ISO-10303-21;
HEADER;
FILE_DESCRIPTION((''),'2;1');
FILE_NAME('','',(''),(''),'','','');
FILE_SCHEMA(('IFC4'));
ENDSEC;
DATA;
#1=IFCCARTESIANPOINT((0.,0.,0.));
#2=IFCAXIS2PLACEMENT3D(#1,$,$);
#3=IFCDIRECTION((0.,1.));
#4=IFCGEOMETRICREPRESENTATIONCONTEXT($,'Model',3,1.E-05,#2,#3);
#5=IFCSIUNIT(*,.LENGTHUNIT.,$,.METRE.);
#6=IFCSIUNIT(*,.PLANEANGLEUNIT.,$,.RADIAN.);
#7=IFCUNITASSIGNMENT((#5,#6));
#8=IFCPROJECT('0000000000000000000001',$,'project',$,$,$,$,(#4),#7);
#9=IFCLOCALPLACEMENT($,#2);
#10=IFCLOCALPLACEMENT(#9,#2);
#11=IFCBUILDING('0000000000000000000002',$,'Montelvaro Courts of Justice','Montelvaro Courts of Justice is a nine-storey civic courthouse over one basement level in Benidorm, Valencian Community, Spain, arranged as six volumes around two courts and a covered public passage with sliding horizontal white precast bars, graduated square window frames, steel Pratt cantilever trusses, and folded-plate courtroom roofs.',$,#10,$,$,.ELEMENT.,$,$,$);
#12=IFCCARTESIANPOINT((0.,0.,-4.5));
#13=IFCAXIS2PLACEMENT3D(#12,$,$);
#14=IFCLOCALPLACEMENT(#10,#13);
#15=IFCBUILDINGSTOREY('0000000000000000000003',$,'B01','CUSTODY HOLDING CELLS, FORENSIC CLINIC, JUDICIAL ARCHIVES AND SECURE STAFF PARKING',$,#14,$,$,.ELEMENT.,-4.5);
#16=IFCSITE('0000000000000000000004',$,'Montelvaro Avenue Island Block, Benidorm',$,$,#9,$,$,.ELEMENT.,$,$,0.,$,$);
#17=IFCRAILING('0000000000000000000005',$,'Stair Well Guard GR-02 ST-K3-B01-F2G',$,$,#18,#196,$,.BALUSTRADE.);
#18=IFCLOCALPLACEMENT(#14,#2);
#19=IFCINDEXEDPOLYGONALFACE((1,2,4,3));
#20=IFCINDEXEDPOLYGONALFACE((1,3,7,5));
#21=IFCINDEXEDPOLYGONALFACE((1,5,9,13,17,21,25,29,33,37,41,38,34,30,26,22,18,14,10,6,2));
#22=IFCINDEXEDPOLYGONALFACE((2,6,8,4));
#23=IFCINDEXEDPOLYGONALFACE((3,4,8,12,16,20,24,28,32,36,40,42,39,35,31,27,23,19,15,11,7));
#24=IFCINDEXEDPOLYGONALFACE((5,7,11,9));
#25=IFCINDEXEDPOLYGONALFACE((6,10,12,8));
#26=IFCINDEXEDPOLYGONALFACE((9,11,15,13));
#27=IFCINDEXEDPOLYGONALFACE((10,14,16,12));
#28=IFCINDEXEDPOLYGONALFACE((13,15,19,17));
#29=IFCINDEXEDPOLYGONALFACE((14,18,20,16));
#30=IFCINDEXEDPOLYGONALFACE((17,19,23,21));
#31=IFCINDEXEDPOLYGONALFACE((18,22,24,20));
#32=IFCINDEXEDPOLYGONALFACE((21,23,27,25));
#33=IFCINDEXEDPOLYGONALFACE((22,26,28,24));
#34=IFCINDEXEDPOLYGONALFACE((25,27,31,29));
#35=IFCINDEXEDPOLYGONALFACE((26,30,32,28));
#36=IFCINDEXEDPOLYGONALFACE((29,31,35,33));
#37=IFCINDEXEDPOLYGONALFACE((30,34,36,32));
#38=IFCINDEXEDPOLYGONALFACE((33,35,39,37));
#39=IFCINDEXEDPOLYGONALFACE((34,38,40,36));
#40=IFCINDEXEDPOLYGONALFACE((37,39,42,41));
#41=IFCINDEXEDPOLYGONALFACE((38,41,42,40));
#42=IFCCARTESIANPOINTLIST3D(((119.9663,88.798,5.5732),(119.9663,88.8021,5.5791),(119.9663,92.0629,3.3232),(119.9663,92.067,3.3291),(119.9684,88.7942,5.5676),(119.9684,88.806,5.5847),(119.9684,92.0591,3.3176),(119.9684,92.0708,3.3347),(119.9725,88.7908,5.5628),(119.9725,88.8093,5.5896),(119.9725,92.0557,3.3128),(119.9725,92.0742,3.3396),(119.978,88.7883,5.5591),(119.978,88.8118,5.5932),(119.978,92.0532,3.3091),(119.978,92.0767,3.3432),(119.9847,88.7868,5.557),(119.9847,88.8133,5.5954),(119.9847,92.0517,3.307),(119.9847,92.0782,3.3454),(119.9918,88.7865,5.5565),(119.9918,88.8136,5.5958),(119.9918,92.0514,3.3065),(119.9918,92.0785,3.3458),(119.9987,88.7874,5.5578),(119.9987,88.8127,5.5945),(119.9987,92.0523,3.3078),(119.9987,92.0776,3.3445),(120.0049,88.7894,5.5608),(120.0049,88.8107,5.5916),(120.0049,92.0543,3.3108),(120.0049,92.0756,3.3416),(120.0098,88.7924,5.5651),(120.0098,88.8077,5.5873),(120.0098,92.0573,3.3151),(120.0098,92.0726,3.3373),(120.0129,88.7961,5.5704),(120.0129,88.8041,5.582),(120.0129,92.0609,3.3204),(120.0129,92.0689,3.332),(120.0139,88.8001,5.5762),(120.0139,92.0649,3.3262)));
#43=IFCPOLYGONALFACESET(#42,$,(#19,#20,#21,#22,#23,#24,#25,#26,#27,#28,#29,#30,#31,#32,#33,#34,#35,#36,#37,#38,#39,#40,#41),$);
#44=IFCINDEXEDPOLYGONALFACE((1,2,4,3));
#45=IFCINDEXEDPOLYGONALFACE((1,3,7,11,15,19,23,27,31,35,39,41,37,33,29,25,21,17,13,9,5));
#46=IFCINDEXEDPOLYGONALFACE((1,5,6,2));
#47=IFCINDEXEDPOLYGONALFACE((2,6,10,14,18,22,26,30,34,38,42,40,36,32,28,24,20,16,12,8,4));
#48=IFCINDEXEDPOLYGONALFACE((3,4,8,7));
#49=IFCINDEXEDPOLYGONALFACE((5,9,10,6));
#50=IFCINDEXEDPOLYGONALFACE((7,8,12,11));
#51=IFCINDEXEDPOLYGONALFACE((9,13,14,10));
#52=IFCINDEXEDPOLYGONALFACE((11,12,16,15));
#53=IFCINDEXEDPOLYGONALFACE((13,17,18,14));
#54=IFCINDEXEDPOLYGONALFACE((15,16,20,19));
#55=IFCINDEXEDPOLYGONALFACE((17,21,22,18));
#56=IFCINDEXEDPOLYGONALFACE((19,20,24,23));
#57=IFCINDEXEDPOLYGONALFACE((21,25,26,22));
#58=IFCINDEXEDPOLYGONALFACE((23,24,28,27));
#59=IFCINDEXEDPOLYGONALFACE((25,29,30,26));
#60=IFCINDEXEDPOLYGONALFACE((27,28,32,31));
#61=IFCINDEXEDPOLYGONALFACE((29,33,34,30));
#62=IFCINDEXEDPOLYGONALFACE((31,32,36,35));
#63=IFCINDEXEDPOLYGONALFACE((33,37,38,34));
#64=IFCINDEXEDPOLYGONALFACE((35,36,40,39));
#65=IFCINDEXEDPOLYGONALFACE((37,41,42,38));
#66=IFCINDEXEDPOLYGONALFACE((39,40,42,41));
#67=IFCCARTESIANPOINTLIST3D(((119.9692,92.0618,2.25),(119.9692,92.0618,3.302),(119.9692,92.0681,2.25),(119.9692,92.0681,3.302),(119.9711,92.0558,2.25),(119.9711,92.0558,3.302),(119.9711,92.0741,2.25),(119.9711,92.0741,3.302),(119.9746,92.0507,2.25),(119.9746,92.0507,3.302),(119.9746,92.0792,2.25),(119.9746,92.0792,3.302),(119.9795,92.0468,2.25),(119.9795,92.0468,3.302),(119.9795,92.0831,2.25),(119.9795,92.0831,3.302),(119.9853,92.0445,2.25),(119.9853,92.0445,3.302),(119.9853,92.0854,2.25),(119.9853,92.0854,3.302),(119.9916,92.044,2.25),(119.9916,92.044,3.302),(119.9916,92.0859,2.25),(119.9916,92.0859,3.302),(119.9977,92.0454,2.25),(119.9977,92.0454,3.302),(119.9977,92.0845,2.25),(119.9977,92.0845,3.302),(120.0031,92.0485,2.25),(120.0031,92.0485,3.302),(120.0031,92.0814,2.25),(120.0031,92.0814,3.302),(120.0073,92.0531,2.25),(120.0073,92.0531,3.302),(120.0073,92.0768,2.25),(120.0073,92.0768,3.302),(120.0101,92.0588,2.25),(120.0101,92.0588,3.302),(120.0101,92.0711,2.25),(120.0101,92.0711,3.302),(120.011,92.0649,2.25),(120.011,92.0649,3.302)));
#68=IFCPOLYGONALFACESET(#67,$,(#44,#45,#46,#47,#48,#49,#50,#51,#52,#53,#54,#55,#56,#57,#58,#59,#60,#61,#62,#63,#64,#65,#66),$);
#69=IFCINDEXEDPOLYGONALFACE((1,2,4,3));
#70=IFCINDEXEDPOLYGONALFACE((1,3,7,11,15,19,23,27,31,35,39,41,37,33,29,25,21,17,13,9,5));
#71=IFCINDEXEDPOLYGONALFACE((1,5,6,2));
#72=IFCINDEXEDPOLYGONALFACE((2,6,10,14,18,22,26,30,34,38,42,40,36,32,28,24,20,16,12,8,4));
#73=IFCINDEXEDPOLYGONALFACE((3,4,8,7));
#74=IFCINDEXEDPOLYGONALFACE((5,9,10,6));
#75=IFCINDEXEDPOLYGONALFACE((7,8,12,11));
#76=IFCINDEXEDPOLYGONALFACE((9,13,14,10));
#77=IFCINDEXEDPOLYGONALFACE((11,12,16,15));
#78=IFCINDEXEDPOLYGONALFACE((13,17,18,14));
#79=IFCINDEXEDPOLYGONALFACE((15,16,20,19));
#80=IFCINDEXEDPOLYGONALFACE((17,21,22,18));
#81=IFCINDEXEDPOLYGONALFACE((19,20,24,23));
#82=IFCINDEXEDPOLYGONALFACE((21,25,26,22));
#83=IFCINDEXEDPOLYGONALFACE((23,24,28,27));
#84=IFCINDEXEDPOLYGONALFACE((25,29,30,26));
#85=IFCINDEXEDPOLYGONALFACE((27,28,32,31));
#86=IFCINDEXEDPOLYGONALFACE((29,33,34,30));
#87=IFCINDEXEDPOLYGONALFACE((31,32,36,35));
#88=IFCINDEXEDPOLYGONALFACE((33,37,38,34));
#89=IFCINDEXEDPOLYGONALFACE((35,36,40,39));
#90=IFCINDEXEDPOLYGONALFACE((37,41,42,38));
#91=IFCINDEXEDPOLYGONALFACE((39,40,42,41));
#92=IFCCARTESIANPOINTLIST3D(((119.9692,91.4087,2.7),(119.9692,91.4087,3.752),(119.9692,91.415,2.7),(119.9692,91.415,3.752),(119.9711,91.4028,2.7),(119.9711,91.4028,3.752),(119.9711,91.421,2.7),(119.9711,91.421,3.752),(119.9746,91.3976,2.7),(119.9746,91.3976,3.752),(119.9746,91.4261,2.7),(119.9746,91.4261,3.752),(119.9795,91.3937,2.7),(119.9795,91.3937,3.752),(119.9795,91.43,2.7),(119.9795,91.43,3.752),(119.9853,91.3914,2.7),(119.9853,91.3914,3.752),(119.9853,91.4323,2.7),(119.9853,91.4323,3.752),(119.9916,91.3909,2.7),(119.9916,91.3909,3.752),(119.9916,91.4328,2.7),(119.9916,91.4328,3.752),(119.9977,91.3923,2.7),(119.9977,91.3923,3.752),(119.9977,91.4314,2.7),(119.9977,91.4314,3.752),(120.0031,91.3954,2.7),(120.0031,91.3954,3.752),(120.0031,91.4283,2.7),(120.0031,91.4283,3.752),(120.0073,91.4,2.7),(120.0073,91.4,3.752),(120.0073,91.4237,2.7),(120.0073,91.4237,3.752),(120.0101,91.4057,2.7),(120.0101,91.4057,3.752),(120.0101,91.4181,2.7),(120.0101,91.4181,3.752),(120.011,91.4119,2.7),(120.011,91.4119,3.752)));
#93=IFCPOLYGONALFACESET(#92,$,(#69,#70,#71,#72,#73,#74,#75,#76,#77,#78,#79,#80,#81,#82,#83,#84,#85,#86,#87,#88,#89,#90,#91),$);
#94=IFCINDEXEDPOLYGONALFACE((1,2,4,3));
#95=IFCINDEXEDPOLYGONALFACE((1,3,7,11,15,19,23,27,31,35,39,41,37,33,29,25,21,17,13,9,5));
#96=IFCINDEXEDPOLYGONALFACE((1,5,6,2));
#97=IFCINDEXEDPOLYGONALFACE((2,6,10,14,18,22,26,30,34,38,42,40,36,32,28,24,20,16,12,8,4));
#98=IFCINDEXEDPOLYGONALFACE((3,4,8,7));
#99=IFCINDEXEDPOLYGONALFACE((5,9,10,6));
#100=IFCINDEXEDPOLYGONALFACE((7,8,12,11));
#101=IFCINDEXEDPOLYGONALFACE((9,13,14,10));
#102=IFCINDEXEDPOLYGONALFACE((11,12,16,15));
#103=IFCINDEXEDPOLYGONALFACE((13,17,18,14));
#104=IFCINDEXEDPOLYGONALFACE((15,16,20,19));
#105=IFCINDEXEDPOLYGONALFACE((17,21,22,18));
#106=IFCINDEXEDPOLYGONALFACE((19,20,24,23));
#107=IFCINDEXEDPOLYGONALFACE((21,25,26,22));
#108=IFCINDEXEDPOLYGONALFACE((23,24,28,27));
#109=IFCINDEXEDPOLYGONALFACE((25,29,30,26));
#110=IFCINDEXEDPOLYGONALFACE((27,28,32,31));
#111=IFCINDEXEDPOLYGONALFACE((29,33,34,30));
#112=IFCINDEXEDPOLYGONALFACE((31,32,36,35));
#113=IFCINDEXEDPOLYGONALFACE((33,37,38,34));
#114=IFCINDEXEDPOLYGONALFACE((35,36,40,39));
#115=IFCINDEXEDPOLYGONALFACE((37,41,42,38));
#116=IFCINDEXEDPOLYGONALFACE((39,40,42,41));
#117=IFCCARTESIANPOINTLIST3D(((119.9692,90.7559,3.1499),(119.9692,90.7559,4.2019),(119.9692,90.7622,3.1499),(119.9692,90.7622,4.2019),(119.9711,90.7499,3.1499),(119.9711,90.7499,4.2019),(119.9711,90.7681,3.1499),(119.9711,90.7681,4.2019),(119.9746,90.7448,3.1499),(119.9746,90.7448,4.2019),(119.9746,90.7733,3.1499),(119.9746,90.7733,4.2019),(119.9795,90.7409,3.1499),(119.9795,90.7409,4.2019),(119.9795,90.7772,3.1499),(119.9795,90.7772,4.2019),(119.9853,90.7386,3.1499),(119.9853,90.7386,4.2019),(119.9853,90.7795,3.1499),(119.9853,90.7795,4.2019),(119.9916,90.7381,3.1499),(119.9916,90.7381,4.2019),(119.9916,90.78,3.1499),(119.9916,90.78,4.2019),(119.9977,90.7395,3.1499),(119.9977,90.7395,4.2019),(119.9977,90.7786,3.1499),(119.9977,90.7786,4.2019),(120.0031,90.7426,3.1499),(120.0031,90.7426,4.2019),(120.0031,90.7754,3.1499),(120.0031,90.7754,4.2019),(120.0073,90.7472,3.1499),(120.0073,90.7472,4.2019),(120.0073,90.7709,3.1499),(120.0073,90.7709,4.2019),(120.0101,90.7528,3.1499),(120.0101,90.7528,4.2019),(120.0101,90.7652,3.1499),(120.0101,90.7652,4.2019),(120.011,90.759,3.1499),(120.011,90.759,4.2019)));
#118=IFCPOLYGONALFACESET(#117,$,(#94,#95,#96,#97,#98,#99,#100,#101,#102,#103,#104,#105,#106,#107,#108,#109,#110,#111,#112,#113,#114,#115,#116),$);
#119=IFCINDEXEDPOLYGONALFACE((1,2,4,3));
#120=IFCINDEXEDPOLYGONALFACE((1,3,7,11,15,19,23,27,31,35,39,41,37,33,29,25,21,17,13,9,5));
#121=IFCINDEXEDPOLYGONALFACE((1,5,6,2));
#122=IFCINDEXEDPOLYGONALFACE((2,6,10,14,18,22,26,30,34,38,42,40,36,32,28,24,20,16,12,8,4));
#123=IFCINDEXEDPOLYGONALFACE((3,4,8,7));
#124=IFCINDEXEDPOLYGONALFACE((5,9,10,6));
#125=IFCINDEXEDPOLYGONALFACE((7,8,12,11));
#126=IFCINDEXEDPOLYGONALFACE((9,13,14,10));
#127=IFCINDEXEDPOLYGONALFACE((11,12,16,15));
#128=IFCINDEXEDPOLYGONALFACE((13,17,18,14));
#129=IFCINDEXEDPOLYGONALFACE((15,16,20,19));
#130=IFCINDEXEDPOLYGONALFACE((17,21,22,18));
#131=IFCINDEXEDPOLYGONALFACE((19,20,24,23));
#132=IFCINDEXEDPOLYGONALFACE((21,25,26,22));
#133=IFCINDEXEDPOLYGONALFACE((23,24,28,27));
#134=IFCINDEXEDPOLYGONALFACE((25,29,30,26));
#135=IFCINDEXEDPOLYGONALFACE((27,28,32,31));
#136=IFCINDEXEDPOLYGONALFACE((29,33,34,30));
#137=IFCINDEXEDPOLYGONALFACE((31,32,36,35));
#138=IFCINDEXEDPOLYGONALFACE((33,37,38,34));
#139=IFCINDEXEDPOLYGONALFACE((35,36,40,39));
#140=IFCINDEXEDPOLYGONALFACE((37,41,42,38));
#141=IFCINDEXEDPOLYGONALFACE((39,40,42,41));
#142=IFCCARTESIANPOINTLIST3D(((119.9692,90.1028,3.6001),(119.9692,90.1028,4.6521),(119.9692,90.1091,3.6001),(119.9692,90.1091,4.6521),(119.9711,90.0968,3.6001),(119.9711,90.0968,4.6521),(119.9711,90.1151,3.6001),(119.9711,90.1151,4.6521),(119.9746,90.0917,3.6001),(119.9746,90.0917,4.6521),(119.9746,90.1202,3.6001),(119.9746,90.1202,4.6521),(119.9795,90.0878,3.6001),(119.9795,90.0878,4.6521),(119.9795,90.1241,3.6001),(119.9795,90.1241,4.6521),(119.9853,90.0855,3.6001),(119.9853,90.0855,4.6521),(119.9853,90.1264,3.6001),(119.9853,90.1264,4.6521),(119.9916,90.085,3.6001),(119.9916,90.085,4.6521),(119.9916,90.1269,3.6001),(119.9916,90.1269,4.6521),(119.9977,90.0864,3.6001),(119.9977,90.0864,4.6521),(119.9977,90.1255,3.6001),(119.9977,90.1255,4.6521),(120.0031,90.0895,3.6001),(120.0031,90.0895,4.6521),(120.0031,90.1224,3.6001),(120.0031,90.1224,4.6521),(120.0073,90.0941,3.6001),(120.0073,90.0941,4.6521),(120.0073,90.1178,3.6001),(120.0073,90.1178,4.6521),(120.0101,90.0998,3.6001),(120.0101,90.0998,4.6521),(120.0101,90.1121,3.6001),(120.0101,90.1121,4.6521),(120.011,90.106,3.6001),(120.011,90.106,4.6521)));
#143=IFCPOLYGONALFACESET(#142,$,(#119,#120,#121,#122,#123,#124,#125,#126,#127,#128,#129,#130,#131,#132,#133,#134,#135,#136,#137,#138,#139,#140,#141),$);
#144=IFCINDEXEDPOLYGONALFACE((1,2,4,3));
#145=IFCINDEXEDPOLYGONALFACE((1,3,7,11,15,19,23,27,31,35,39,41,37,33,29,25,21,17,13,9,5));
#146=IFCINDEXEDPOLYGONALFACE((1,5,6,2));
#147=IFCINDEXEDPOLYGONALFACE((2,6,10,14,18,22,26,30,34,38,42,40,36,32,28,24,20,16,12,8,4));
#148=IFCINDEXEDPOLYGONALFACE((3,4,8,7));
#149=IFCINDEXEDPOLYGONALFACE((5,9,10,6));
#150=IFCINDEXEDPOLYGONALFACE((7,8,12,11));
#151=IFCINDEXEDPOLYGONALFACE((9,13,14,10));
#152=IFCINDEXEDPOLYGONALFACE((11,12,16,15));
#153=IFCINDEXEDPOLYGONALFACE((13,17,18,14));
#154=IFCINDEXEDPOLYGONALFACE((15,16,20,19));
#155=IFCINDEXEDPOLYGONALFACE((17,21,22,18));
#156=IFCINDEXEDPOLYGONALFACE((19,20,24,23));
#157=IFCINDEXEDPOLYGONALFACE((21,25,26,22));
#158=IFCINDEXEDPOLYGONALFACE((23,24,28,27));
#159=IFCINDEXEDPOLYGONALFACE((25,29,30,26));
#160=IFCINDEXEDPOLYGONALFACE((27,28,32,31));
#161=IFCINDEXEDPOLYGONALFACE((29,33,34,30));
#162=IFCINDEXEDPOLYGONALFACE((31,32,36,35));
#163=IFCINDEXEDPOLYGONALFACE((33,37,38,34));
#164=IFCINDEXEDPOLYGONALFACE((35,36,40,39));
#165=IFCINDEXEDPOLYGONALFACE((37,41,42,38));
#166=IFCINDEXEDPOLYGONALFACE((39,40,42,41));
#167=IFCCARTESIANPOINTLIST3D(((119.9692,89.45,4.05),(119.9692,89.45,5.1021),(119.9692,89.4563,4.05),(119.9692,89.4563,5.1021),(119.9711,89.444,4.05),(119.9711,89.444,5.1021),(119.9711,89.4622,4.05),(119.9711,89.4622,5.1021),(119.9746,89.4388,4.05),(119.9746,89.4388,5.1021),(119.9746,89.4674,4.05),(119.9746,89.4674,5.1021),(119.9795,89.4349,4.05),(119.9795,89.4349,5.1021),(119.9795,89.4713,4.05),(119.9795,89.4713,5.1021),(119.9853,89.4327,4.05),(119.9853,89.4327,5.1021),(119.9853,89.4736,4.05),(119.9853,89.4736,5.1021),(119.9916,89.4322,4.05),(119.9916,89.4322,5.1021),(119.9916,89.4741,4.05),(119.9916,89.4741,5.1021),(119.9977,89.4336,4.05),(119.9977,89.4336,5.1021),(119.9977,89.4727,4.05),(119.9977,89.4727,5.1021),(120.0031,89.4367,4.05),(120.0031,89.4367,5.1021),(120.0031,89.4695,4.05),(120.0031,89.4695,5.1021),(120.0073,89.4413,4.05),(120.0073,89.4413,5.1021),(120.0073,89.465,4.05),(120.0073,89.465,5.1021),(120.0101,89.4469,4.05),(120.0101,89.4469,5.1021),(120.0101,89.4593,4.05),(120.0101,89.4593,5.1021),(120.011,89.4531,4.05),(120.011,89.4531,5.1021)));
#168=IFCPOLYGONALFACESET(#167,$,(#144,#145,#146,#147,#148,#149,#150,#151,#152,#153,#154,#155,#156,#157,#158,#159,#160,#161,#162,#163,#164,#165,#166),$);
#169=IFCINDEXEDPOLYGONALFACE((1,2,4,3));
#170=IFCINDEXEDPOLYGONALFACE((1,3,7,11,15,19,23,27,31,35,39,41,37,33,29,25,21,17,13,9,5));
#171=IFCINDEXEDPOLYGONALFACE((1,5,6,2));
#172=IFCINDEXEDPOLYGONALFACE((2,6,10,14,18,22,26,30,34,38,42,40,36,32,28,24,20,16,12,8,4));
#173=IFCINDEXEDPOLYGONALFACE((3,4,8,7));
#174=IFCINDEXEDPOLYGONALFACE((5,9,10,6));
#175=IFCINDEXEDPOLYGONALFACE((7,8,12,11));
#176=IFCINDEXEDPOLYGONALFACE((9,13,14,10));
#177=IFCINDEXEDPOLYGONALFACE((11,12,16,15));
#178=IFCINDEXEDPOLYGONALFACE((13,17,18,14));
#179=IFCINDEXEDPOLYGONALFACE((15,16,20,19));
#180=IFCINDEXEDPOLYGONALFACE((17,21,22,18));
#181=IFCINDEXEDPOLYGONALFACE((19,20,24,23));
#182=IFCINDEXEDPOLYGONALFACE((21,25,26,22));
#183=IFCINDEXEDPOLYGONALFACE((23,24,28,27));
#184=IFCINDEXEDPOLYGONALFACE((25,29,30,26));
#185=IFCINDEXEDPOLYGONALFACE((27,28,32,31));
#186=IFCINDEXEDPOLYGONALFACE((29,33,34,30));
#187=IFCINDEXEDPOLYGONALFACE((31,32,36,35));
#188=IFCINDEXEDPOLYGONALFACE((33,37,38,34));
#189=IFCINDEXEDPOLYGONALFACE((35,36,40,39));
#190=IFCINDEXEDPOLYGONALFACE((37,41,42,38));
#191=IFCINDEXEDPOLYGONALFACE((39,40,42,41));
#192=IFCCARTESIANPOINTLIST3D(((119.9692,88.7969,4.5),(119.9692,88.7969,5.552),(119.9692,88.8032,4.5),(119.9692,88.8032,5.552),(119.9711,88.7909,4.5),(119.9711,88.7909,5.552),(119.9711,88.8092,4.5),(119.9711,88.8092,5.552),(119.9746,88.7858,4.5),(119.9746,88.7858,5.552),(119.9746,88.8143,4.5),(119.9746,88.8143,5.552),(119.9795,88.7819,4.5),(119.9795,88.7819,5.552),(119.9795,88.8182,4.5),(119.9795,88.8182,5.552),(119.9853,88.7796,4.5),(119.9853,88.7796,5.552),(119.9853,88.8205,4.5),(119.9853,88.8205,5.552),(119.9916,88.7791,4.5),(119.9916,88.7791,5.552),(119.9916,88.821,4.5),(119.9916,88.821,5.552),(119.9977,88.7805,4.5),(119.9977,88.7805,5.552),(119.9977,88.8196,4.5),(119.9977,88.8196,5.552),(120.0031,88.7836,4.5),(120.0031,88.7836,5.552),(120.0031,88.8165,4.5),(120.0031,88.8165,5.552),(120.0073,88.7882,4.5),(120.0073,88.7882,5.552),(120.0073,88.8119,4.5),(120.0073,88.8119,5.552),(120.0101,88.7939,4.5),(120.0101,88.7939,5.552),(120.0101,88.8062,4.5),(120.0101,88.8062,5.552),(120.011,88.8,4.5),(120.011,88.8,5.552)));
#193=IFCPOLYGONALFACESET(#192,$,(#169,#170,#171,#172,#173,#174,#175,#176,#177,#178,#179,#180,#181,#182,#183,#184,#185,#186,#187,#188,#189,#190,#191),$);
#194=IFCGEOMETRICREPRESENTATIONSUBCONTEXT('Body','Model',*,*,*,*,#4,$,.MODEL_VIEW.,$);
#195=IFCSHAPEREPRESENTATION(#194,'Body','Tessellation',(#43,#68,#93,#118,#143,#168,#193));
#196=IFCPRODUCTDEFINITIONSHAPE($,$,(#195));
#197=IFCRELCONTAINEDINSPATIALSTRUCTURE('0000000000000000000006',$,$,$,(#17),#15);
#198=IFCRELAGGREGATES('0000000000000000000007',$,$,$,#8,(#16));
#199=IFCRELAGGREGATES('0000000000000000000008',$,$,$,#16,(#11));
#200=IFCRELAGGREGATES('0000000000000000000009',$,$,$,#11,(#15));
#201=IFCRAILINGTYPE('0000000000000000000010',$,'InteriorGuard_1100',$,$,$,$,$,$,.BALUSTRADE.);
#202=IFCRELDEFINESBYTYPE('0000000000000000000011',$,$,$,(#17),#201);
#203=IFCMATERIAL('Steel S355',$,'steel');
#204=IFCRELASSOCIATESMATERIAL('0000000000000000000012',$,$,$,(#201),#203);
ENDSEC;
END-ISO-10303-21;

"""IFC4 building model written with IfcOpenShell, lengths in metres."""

from ifc_helpers import new_model, si_unit, direction, frame, origin, origin_2d, place, context, subcontext, project, spatial, circle, extrude, material, type_object, element, save


model = new_model("IFC4")

# Units and contexts
model_context = context("Model", 3, precision=1e-05, world=origin(), true_north=direction((0.0, 1.0)))
body_context = subcontext(model_context, "Body", "Model", "MODEL_VIEW")
ifc_project = project(units=[si_unit("LENGTHUNIT", "METRE"), si_unit("PLANEANGLEUNIT", "RADIAN")], contexts=[model_context])

# Site, building, storey
site_placement = place(None, origin())
site = spatial("IfcSite", under=ifc_project, at=site_placement, Name="Montelvaro Avenue Island Block, Benidorm", CompositionType="ELEMENT", RefElevation=0.0)
building_placement = place(site_placement, origin())
building = spatial("IfcBuilding", under=site, at=building_placement, Name="Montelvaro Courts of Justice", Description="Montelvaro Courts of Justice is a nine-storey civic courthouse over one basement level in Benidorm, Valencian Community, Spain, arranged as six volumes around two courts and a covered public passage with sliding horizontal white precast bars, graduated square window frames, steel Pratt cantilever trusses, and folded-plate courtroom roofs.", CompositionType="ELEMENT")
storey_placement = place(building_placement, frame((0.0, 0.0, -4.5)))
storey = spatial("IfcBuildingStorey", under=building, at=storey_placement, Name="B01", Description="CUSTODY HOLDING CELLS, FORENSIC CLINIC, JUDICIAL ARCHIVES AND SECURE STAFF PARKING", CompositionType="ELEMENT", Elevation=-4.5)

# Railing
ifc_material_1 = material(Name="Steel S355", Category="steel")
railing_type_1 = type_object("IfcRailingType", Name="InteriorGuard_1100", PredefinedType="BALUSTRADE", material=ifc_material_1)
railing_1_placement = place(storey_placement, frame((119.99, 92.0649, 2.25)))
element("IfcRailing", 1, at=railing_1_placement, inside=storey, type_object=railing_type_1, Name="Stair Well Guard GR-02 ST-K3-B01-F2G", PredefinedType="BALUSTRADE", context=body_context, shape_type="SweptSolid", body=[
    extrude(circle(Radius=0.0239, at=origin_2d()), frame((0.0, 0.0, 1.0762), z_axis=(0.0, -0.823407, 0.567451), x_axis=(1.0, 0.0, 0.0)), (0.0, 0.0, 1.0), 3.9651),
    extrude(circle(Radius=0.021, at=origin_2d()), origin(), (0.0, 0.0, 1.0), 1.052),
    extrude(circle(Radius=0.021, at=origin_2d()), frame((0.0, -0.6531, 0.45)), (0.0, 0.0, 1.0), 1.052),
    extrude(circle(Radius=0.021, at=origin_2d()), frame((0.0, -1.3059, 0.8999)), (0.0, 0.0, 1.0), 1.052),
    extrude(circle(Radius=0.021, at=origin_2d()), frame((0.0, -1.959, 1.3501)), (0.0, 0.0, 1.0), 1.052),
    extrude(circle(Radius=0.021, at=origin_2d()), frame((0.0, -2.6118, 1.8)), (0.0, 0.0, 1.0), 1.052),
    extrude(circle(Radius=0.021, at=origin_2d()), frame((0.0, -3.2649, 2.25)), (0.0, 0.0, 1.0), 1.052),
])

save(model, "model.ifc")
